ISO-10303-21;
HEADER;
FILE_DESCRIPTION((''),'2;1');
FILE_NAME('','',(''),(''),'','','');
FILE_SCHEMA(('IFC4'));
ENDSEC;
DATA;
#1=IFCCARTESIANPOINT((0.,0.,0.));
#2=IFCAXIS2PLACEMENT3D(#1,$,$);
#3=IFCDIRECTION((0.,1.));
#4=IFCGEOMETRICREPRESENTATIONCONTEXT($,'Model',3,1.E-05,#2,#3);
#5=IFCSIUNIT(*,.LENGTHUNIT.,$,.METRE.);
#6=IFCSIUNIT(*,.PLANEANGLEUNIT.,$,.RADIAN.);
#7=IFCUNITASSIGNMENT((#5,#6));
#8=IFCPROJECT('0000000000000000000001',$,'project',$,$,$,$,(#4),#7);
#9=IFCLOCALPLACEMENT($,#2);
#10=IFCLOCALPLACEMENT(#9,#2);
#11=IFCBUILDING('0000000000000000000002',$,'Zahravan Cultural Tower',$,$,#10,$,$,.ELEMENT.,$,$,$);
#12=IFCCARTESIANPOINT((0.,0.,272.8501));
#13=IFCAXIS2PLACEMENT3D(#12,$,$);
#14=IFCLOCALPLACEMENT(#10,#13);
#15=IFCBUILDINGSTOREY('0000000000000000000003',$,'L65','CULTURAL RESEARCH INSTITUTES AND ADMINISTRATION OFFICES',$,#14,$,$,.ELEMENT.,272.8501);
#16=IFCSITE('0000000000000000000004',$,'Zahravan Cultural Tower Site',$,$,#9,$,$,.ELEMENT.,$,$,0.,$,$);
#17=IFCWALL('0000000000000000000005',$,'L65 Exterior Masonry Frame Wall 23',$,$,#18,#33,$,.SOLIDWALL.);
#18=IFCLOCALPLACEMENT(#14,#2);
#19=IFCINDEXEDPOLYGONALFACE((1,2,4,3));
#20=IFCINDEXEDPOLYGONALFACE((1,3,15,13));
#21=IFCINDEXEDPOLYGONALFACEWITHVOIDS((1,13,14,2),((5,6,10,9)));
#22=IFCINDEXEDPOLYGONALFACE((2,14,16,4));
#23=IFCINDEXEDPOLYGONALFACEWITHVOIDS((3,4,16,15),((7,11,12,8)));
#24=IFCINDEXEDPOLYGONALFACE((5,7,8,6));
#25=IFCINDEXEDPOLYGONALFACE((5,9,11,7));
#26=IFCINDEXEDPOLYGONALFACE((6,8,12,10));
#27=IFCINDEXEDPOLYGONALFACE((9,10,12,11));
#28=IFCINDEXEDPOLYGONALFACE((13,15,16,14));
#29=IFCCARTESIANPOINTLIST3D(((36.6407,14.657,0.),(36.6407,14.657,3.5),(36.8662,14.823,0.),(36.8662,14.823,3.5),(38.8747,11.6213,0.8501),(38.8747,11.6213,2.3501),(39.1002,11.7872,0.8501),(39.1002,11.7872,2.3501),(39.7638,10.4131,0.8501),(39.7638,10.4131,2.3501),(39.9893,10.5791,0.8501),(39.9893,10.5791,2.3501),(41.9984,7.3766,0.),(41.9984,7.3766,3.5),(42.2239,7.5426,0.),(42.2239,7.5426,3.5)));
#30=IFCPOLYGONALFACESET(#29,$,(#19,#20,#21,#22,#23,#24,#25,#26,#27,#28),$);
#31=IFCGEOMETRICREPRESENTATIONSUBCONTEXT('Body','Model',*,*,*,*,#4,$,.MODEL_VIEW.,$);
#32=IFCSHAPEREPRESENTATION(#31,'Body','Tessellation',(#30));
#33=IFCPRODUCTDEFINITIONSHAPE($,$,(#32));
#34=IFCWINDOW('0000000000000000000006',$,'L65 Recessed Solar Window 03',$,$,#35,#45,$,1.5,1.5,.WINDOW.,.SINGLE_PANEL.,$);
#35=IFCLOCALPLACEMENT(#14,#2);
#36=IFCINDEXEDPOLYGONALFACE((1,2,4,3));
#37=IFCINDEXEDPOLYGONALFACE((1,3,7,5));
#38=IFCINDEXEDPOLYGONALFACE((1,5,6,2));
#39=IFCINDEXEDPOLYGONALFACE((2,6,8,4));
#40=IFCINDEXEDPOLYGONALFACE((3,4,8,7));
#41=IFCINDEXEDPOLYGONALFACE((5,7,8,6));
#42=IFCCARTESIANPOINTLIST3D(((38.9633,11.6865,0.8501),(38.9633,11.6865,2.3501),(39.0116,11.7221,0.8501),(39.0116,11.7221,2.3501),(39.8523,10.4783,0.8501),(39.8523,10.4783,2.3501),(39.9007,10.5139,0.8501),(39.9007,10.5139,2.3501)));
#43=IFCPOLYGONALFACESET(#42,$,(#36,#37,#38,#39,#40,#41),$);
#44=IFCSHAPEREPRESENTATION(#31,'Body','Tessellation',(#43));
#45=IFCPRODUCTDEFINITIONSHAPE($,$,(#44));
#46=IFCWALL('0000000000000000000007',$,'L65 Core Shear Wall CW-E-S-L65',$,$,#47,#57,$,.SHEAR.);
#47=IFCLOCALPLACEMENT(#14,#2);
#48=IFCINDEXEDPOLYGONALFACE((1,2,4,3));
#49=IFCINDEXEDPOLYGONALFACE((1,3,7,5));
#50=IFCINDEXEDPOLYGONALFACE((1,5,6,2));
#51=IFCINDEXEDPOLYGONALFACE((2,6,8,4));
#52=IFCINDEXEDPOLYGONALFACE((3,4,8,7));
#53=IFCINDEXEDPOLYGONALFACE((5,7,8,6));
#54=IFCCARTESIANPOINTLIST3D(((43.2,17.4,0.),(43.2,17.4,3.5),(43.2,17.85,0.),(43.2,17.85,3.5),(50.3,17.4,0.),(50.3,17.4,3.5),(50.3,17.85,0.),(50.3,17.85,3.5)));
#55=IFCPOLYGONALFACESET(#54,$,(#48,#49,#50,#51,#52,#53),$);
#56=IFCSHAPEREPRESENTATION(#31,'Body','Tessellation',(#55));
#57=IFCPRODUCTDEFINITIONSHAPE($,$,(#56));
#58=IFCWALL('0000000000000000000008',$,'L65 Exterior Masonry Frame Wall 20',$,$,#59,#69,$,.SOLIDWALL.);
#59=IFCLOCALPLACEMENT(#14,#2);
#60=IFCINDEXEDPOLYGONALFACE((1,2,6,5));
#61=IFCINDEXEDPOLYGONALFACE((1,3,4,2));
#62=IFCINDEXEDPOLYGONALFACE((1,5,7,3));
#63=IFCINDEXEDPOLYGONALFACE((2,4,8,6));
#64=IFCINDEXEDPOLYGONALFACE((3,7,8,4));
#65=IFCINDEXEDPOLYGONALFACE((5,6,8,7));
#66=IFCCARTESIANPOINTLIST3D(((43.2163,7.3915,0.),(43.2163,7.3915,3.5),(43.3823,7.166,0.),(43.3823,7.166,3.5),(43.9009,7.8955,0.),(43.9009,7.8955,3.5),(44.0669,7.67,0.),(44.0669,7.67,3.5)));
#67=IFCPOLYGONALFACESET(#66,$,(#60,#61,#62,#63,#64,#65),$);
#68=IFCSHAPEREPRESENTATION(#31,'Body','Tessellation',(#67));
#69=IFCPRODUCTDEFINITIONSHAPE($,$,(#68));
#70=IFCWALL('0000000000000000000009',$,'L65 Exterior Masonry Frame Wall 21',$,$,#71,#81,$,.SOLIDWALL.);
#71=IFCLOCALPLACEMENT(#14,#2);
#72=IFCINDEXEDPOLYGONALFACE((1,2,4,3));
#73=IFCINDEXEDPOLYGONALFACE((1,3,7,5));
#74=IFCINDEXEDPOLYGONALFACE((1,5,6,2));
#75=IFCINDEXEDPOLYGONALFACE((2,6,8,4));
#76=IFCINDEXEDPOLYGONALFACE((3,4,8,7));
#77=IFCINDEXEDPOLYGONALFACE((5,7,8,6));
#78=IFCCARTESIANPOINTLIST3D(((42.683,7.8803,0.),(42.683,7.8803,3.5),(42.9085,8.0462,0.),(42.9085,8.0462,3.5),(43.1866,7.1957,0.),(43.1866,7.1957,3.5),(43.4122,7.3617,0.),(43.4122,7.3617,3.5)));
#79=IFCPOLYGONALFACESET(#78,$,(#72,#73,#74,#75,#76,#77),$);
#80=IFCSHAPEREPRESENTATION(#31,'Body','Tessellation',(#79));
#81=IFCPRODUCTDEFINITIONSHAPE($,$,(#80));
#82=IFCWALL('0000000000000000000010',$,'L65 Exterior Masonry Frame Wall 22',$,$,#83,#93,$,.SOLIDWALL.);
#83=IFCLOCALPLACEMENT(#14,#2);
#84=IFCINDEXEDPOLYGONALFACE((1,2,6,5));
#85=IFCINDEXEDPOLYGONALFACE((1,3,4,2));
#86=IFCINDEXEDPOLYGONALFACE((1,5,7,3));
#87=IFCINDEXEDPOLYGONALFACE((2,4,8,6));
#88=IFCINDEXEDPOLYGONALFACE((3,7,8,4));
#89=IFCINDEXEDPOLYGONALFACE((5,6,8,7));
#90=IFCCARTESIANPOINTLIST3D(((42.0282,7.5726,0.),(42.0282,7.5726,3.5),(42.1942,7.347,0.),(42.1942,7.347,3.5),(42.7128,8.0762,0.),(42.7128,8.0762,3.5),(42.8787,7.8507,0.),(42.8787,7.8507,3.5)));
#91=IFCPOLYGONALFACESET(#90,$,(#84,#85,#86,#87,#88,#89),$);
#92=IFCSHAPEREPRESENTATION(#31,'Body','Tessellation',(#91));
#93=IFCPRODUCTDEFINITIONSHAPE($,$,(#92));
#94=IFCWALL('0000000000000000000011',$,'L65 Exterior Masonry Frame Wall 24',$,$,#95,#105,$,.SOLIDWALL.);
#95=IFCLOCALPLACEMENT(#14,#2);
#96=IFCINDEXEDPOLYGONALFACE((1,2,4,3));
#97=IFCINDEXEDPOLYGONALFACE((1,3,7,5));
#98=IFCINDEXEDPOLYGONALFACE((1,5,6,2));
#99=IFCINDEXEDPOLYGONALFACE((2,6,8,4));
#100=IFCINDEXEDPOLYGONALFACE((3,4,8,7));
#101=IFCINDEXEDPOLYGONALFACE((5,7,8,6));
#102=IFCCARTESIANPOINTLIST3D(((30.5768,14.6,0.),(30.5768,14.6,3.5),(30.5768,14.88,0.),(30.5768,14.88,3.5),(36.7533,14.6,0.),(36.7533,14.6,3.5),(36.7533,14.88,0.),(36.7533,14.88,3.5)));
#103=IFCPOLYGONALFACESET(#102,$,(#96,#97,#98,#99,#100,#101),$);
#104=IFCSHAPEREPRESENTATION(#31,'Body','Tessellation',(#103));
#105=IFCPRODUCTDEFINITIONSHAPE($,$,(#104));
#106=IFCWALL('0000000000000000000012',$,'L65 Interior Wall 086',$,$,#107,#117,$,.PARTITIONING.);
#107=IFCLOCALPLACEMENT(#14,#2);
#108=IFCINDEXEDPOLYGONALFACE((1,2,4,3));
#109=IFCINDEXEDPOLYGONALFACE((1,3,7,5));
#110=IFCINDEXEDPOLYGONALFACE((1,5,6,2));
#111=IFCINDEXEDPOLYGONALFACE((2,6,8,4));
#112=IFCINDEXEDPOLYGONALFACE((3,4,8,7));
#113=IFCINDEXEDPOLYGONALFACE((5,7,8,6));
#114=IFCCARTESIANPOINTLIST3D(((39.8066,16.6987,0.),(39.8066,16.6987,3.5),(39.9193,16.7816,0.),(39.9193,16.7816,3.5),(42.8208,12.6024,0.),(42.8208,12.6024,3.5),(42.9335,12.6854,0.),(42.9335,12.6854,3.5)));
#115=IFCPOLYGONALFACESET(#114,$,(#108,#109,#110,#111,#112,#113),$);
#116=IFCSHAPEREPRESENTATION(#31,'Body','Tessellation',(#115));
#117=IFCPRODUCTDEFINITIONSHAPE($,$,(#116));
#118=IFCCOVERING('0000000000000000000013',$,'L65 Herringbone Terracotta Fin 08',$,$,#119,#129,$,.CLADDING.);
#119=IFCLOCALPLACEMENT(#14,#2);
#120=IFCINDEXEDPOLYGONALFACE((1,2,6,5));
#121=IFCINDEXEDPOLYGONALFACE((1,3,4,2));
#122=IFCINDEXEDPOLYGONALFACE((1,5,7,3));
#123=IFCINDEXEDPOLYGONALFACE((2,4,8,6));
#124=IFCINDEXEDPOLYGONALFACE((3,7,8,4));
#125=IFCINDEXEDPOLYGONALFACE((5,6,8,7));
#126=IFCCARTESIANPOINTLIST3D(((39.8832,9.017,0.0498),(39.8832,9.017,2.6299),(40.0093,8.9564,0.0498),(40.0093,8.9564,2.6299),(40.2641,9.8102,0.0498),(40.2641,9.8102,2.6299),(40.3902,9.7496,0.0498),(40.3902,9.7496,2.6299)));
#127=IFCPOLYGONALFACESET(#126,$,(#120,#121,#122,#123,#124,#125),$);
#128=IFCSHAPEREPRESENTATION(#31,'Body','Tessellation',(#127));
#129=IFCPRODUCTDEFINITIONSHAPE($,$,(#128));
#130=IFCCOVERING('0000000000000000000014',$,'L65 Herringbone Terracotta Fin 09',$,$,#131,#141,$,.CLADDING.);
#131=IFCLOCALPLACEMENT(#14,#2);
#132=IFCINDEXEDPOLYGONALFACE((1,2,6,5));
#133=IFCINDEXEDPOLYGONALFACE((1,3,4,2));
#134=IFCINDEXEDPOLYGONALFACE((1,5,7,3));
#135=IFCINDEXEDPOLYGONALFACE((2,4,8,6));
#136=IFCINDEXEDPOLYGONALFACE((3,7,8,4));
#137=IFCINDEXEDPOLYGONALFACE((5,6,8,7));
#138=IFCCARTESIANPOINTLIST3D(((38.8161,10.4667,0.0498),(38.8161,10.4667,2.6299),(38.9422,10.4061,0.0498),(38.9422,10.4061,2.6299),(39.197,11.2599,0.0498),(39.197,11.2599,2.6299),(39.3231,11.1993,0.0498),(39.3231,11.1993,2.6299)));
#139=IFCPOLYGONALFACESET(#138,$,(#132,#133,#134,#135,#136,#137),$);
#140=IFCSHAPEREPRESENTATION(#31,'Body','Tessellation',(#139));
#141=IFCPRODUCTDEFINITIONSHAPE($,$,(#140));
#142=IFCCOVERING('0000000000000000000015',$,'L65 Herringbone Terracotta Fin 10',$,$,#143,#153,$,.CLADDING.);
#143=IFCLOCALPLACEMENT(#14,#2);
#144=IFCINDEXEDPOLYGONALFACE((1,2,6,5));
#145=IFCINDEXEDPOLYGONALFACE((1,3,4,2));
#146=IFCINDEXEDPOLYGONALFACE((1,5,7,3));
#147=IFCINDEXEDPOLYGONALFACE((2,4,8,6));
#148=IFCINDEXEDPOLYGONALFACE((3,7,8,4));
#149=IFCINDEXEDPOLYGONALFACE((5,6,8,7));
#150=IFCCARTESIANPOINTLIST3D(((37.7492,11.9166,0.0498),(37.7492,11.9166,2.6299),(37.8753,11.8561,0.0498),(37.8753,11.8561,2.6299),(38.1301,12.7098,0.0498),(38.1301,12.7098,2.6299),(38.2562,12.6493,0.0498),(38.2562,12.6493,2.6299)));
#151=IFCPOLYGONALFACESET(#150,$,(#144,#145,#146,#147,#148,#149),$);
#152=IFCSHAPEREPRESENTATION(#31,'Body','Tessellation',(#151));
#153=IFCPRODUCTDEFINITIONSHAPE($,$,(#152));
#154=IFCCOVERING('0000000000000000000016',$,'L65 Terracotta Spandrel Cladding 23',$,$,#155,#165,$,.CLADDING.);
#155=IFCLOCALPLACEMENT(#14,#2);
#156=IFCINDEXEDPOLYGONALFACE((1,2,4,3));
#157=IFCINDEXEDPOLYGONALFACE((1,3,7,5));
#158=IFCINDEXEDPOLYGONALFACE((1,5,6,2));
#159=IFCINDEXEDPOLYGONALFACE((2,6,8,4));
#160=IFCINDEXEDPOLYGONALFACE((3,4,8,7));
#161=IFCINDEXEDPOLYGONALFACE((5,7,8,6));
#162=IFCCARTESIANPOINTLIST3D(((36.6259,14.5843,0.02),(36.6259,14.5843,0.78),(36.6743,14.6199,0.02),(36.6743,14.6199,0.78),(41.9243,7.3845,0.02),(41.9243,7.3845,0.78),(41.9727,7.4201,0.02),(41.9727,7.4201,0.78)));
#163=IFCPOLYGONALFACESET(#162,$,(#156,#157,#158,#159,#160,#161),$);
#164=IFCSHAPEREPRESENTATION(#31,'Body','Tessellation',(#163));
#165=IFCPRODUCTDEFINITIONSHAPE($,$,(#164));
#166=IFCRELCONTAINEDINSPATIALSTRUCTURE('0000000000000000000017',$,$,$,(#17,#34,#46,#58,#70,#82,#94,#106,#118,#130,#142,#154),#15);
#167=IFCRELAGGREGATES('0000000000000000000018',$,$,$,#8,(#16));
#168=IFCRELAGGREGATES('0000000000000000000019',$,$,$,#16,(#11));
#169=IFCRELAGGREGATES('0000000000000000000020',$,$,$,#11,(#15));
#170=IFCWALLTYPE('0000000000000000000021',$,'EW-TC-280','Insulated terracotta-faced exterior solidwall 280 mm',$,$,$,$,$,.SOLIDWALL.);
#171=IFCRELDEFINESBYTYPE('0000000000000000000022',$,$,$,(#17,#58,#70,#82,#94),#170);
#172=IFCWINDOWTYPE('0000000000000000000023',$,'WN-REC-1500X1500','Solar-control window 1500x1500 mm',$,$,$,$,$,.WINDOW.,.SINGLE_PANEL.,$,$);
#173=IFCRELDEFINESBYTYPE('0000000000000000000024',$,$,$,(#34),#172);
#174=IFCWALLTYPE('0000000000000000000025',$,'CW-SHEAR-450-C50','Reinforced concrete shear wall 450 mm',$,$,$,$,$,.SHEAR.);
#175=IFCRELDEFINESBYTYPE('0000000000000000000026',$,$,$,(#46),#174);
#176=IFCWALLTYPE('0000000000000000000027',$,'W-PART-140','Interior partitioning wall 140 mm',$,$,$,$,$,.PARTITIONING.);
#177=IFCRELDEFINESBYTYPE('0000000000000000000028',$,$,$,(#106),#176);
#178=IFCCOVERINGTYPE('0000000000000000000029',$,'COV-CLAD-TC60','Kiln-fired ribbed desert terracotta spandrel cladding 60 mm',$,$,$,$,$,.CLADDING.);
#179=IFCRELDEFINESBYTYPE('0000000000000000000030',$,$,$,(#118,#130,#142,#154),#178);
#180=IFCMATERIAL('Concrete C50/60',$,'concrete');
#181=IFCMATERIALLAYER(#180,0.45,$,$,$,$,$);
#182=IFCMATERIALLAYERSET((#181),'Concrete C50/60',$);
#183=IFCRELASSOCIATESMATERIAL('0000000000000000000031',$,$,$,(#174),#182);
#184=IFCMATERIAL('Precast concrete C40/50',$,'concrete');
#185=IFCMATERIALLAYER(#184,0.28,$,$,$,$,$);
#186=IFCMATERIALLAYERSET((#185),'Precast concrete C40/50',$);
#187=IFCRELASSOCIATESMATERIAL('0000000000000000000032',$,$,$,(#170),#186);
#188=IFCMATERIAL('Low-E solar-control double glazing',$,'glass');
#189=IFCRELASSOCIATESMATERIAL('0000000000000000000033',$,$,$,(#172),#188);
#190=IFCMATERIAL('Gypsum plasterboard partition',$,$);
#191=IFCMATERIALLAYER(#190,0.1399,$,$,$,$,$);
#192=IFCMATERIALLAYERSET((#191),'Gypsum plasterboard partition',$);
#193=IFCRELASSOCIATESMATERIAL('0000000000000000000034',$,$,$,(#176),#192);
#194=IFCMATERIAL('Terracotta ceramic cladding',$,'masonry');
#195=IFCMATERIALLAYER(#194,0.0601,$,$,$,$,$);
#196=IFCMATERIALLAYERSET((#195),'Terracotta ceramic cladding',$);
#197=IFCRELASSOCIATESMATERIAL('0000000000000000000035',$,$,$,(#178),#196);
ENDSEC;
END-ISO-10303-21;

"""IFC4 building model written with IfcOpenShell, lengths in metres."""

from ifc_helpers import new_model, si_unit, direction, frame, frame_2d, origin, origin_2d, place, context, subcontext, project, spatial, rectangle, extrude, source, transform, mapped, material, layer, layer_set, type_object, element, fill, save


model = new_model("IFC4")

# Units and contexts
model_context = context("Model", 3, precision=1e-05, world=origin(), true_north=direction((0.0, 1.0)))
body_context = subcontext(model_context, "Body", "Model", "MODEL_VIEW")
ifc_project = project(units=[si_unit("LENGTHUNIT", "METRE"), si_unit("PLANEANGLEUNIT", "RADIAN")], contexts=[model_context])

# Site, building, storey
site_placement = place(None, origin())
site = spatial("IfcSite", under=ifc_project, at=site_placement, Name="Zahravan Cultural Tower Site", CompositionType="ELEMENT", RefElevation=0.0)
building_placement = place(site_placement, origin())
building = spatial("IfcBuilding", under=site, at=building_placement, Name="Zahravan Cultural Tower", CompositionType="ELEMENT")
storey_placement = place(building_placement, frame((0.0, 0.0, 272.8501)))
storey = spatial("IfcBuildingStorey", under=building, at=storey_placement, Name="L65", Description="CULTURAL RESEARCH INSTITUTES AND ADMINISTRATION OFFICES", CompositionType="ELEMENT", Elevation=272.8501)

# Shared definitions
ifc_material_1 = material(Name="Concrete C50/60", Category="concrete")

# Shared definitions
ifc_layer_1 = layer(ifc_material_1, 0.45)
ifc_layer_set_1 = layer_set([ifc_layer_1], Name="Concrete C50/60")
wall_type_1 = type_object("IfcWallType", Name="CW-SHEAR-450-C50", Description="Reinforced concrete shear wall 450 mm", PredefinedType="SHEAR", material=ifc_layer_set_1)

# Wall, opening, window
ifc_material_2 = material(Name="Precast concrete C40/50", Category="concrete")
ifc_layer_2 = layer(ifc_material_2, 0.28)
ifc_layer_set_2 = layer_set([ifc_layer_2], Name="Precast concrete C40/50")
wall_type_2 = type_object("IfcWallType", Name="EW-TC-280", Description="Insulated terracotta-faced exterior solidwall 280 mm", PredefinedType="SOLIDWALL", material=ifc_layer_set_2)
wall_1_placement = place(storey_placement, frame((42.1111, 7.4597, 0.0), z_axis=(0.0, 0.0, 1.0), x_axis=(-0.592715, 0.805412, 0.0)))
wall_1 = element("IfcWall", 1, at=wall_1_placement, inside=storey, type_object=wall_type_2, Name="L65 Exterior Masonry Frame Wall 23", PredefinedType="SOLIDWALL", context=body_context, shape_type="SweptSolid", body=[
    extrude(rectangle(XDim=9.0393, YDim=0.28, at=frame_2d((4.5195, 0.0))), origin(), (0.0, 0.0, 1.0), 3.5),
])
opening_1_placement = place(wall_1_placement, frame((3.77, 0.0, 0.8501)))
opening_1 = element("IfcOpeningElement", 2, at=opening_1_placement, cuts=wall_1, PredefinedType="OPENING", context=body_context, shape_type="SweptSolid", body=[
    extrude(rectangle(XDim=1.5, YDim=1.5, at=frame_2d((0.75, 0.75))), frame((0.0, 0.1499, 0.0), z_axis=(0.0, -1.0, 0.0), x_axis=(1.0, 0.0, 0.0)), (0.0, 0.0, 1.0), 0.3),
])
ifc_material_3 = material(Name="Low-E solar-control double glazing", Category="glass")
window_type = type_object("IfcWindowType", Name="WN-REC-1500X1500", Description="Solar-control window 1500x1500 mm", PartitioningType="SINGLE_PANEL", PredefinedType="WINDOW", material=ifc_material_3)
shared_shape_1 = source(origin(), body_context, "Body", "SweptSolid", [
    extrude(rectangle(XDim=1.5, YDim=1.5, at=frame_2d((0.75, 0.75))), frame((0.0, 0.03, 0.0), z_axis=(0.0, -1.0, 0.0), x_axis=(1.0, 0.0, 0.0)), (0.0, 0.0, 1.0), 0.0601),
])
window_placement = place(opening_1_placement, origin())
window = element("IfcWindow", 3, at=window_placement, inside=storey, type_object=window_type, Name="L65 Recessed Solar Window 03", OverallHeight=1.5, OverallWidth=1.5, PartitioningType="SINGLE_PANEL", PredefinedType="WINDOW", context=body_context, shape_type="MappedRepresentation", body=[
    mapped(shared_shape_1, transform((0.0, 0.0, 0.0), x_axis=(1.0, 0.0, 0.0), y_axis=(0.0, 1.0, 0.0), z_axis=(0.0, 0.0, 1.0), scale=1.0)),
])
fill(opening_1, window)

# Shared definitions
ifc_material_4 = material(Name="Gypsum plasterboard partition")
ifc_layer_3 = layer(ifc_material_4, 0.1399)
ifc_layer_set_3 = layer_set([ifc_layer_3], Name="Gypsum plasterboard partition")
wall_type_3 = type_object("IfcWallType", Name="W-PART-140", Description="Interior partitioning wall 140 mm", PredefinedType="PARTITIONING", material=ifc_layer_set_3)

# Walls
shared_shape_2 = source(origin(), body_context, "Body", "SweptSolid", [
    extrude(rectangle(XDim=7.1001, YDim=0.45, at=frame_2d((3.55, 0.0))), origin(), (0.0, 0.0, 1.0), 3.5),
])
wall_2_placement = place(storey_placement, frame((43.2, 17.625, 0.0), z_axis=(0.0, 0.0, 1.0), x_axis=(1.0, 0.0, 0.0)))
element("IfcWall", 4, at=wall_2_placement, inside=storey, type_object=wall_type_1, Name="L65 Core Shear Wall CW-E-S-L65", PredefinedType="SHEAR", context=body_context, shape_type="MappedRepresentation", body=[
    mapped(shared_shape_2, transform((0.0, 0.0, 0.0), x_axis=(1.0, 0.0, 0.0), y_axis=(0.0, 1.0, 0.0), z_axis=(0.0, 0.0, 1.0), scale=1.0)),
])
shared_shape_3 = source(origin(), body_context, "Body", "SweptSolid", [
    extrude(rectangle(XDim=0.8501, YDim=0.28, at=frame_2d((0.425, 0.0))), origin(), (0.0, 0.0, 1.0), 3.5),
])
wall_3_placement = place(storey_placement, frame((43.9839, 7.7827, 0.0), z_axis=(0.0, 0.0, 1.0), x_axis=(-0.805345, -0.592807, 0.0)))
element("IfcWall", 5, at=wall_3_placement, inside=storey, type_object=wall_type_2, Name="L65 Exterior Masonry Frame Wall 20", PredefinedType="SOLIDWALL", context=body_context, shape_type="MappedRepresentation", body=[
    mapped(shared_shape_3, transform((0.0, 0.0, 0.0), x_axis=(1.0, 0.0, 0.0), y_axis=(0.0, 1.0, 0.0), z_axis=(0.0, 0.0, 1.0), scale=1.0)),
])
shared_shape_4 = source(origin(), body_context, "Body", "SweptSolid", [
    extrude(rectangle(XDim=0.8499, YDim=0.28, at=frame_2d((0.4248, 0.0))), origin(), (0.0, 0.0, 1.0), 3.5),
])
for number, where, z_axis, x_axis, name in (
    (6, (43.2993, 7.2788, 0.0), (0.0, 0.0, 1.0), (-0.592621, 0.805482, 0.0), "L65 Exterior Masonry Frame Wall 21"),
    (7, (42.7957, 7.9634, 0.0), (0.0, 0.0, 1.0), (-0.805482, -0.592621, 0.0), "L65 Exterior Masonry Frame Wall 22"),
):
    element("IfcWall", number, at=place(storey_placement, frame(where, z_axis=z_axis, x_axis=x_axis)), inside=storey, type_object=wall_type_2, Name=name, PredefinedType="SOLIDWALL", context=body_context, shape_type="MappedRepresentation", body=[
        mapped(shared_shape_4, transform((0.0, 0.0, 0.0), x_axis=(1.0, 0.0, 0.0), y_axis=(0.0, 1.0, 0.0), z_axis=(0.0, 0.0, 1.0), scale=1.0)),
    ])
shared_shape_5 = source(origin(), body_context, "Body", "SweptSolid", [
    extrude(rectangle(XDim=6.1765, YDim=0.28, at=frame_2d((3.0884, 0.0))), origin(), (0.0, 0.0, 1.0), 3.5),
])
wall_4_placement = place(storey_placement, frame((36.7534, 14.74, 0.0), z_axis=(0.0, 0.0, 1.0), x_axis=(-1.0, 0.0, 0.0)))
element("IfcWall", 8, at=wall_4_placement, inside=storey, type_object=wall_type_2, Name="L65 Exterior Masonry Frame Wall 24", PredefinedType="SOLIDWALL", context=body_context, shape_type="MappedRepresentation", body=[
    mapped(shared_shape_5, transform((0.0, 0.0, 0.0), x_axis=(1.0, 0.0, 0.0), y_axis=(0.0, 1.0, 0.0), z_axis=(0.0, 0.0, 1.0), scale=1.0)),
])
shared_shape_6 = source(origin(), body_context, "Body", "SweptSolid", [
    extrude(rectangle(XDim=5.0857, YDim=0.1399, at=frame_2d((2.543, 0.0))), origin(), (0.0, 0.0, 1.0), 3.5),
])
wall_5_placement = place(storey_placement, frame((42.8772, 12.6438, 0.0), z_axis=(0.0, 0.0, 1.0), x_axis=(-0.592678, 0.805439, 0.0)))
element("IfcWall", 9, at=wall_5_placement, inside=storey, type_object=wall_type_3, Name="L65 Interior Wall 086", PredefinedType="PARTITIONING", context=body_context, shape_type="MappedRepresentation", body=[
    mapped(shared_shape_6, transform((0.0, 0.0, 0.0), x_axis=(1.0, 0.0, 0.0), y_axis=(0.0, 1.0, 0.0), z_axis=(0.0, 0.0, 1.0), scale=1.0)),
])

# Coverings
ifc_material_5 = material(Name="Terracotta ceramic cladding", Category="masonry")
ifc_layer_4 = layer(ifc_material_5, 0.0601)
ifc_layer_set_4 = layer_set([ifc_layer_4], Name="Terracotta ceramic cladding")
covering_type = type_object("IfcCoveringType", Name="COV-CLAD-TC60", Description="Kiln-fired ribbed desert terracotta spandrel cladding 60 mm", PredefinedType="CLADDING", material=ifc_layer_set_4)
shared_shape_7 = source(origin(), body_context, "Body", "SweptSolid", [
    extrude(rectangle(XDim=0.8799, YDim=0.1399, at=origin_2d()), origin(), (0.0, 0.0, 1.0), 2.5801),
])
for number, where, z_axis, x_axis, name in (
    (10, (40.1367, 9.3833, 0.0498), (0.0, 0.0, 1.0), (-0.432873, -0.901455, 0.0), "L65 Herringbone Terracotta Fin 08"),
    (11, (39.0696, 10.833, 0.0498), (0.0, 0.0, 1.0), (-0.432873, -0.901455, 0.0), "L65 Herringbone Terracotta Fin 09"),
    (12, (38.0027, 12.283, 0.0498), (0.0, 0.0, 1.0), (-0.432873, -0.901455, 0.0), "L65 Herringbone Terracotta Fin 10"),
):
    element("IfcCovering", number, at=place(storey_placement, frame(where, z_axis=z_axis, x_axis=x_axis)), inside=storey, type_object=covering_type, Name=name, PredefinedType="CLADDING", context=body_context, shape_type="MappedRepresentation", body=[
        mapped(shared_shape_7, transform((0.0, 0.0, 0.0), x_axis=(1.0, 0.0, 0.0), y_axis=(0.0, 1.0, 0.0), z_axis=(0.0, 0.0, 1.0), scale=1.0)),
    ])
shared_shape_8 = source(origin(), body_context, "Body", "SweptSolid", [
    extrude(rectangle(XDim=8.9392, YDim=0.0601, at=origin_2d()), origin(), (0.0, 0.0, 1.0), 0.76),
])
covering_placement = place(storey_placement, frame((39.2993, 11.0022, 0.02), z_axis=(0.0, 0.0, 1.0), x_axis=(-0.592716, 0.805411, 0.0)))
element("IfcCovering", 13, at=covering_placement, inside=storey, type_object=covering_type, Name="L65 Terracotta Spandrel Cladding 23", PredefinedType="CLADDING", context=body_context, shape_type="MappedRepresentation", body=[
    mapped(shared_shape_8, transform((0.0, 0.0, 0.0), x_axis=(1.0, 0.0, 0.0), y_axis=(0.0, 1.0, 0.0), z_axis=(0.0, 0.0, 1.0), scale=1.0)),
])

save(model, "model.ifc")
